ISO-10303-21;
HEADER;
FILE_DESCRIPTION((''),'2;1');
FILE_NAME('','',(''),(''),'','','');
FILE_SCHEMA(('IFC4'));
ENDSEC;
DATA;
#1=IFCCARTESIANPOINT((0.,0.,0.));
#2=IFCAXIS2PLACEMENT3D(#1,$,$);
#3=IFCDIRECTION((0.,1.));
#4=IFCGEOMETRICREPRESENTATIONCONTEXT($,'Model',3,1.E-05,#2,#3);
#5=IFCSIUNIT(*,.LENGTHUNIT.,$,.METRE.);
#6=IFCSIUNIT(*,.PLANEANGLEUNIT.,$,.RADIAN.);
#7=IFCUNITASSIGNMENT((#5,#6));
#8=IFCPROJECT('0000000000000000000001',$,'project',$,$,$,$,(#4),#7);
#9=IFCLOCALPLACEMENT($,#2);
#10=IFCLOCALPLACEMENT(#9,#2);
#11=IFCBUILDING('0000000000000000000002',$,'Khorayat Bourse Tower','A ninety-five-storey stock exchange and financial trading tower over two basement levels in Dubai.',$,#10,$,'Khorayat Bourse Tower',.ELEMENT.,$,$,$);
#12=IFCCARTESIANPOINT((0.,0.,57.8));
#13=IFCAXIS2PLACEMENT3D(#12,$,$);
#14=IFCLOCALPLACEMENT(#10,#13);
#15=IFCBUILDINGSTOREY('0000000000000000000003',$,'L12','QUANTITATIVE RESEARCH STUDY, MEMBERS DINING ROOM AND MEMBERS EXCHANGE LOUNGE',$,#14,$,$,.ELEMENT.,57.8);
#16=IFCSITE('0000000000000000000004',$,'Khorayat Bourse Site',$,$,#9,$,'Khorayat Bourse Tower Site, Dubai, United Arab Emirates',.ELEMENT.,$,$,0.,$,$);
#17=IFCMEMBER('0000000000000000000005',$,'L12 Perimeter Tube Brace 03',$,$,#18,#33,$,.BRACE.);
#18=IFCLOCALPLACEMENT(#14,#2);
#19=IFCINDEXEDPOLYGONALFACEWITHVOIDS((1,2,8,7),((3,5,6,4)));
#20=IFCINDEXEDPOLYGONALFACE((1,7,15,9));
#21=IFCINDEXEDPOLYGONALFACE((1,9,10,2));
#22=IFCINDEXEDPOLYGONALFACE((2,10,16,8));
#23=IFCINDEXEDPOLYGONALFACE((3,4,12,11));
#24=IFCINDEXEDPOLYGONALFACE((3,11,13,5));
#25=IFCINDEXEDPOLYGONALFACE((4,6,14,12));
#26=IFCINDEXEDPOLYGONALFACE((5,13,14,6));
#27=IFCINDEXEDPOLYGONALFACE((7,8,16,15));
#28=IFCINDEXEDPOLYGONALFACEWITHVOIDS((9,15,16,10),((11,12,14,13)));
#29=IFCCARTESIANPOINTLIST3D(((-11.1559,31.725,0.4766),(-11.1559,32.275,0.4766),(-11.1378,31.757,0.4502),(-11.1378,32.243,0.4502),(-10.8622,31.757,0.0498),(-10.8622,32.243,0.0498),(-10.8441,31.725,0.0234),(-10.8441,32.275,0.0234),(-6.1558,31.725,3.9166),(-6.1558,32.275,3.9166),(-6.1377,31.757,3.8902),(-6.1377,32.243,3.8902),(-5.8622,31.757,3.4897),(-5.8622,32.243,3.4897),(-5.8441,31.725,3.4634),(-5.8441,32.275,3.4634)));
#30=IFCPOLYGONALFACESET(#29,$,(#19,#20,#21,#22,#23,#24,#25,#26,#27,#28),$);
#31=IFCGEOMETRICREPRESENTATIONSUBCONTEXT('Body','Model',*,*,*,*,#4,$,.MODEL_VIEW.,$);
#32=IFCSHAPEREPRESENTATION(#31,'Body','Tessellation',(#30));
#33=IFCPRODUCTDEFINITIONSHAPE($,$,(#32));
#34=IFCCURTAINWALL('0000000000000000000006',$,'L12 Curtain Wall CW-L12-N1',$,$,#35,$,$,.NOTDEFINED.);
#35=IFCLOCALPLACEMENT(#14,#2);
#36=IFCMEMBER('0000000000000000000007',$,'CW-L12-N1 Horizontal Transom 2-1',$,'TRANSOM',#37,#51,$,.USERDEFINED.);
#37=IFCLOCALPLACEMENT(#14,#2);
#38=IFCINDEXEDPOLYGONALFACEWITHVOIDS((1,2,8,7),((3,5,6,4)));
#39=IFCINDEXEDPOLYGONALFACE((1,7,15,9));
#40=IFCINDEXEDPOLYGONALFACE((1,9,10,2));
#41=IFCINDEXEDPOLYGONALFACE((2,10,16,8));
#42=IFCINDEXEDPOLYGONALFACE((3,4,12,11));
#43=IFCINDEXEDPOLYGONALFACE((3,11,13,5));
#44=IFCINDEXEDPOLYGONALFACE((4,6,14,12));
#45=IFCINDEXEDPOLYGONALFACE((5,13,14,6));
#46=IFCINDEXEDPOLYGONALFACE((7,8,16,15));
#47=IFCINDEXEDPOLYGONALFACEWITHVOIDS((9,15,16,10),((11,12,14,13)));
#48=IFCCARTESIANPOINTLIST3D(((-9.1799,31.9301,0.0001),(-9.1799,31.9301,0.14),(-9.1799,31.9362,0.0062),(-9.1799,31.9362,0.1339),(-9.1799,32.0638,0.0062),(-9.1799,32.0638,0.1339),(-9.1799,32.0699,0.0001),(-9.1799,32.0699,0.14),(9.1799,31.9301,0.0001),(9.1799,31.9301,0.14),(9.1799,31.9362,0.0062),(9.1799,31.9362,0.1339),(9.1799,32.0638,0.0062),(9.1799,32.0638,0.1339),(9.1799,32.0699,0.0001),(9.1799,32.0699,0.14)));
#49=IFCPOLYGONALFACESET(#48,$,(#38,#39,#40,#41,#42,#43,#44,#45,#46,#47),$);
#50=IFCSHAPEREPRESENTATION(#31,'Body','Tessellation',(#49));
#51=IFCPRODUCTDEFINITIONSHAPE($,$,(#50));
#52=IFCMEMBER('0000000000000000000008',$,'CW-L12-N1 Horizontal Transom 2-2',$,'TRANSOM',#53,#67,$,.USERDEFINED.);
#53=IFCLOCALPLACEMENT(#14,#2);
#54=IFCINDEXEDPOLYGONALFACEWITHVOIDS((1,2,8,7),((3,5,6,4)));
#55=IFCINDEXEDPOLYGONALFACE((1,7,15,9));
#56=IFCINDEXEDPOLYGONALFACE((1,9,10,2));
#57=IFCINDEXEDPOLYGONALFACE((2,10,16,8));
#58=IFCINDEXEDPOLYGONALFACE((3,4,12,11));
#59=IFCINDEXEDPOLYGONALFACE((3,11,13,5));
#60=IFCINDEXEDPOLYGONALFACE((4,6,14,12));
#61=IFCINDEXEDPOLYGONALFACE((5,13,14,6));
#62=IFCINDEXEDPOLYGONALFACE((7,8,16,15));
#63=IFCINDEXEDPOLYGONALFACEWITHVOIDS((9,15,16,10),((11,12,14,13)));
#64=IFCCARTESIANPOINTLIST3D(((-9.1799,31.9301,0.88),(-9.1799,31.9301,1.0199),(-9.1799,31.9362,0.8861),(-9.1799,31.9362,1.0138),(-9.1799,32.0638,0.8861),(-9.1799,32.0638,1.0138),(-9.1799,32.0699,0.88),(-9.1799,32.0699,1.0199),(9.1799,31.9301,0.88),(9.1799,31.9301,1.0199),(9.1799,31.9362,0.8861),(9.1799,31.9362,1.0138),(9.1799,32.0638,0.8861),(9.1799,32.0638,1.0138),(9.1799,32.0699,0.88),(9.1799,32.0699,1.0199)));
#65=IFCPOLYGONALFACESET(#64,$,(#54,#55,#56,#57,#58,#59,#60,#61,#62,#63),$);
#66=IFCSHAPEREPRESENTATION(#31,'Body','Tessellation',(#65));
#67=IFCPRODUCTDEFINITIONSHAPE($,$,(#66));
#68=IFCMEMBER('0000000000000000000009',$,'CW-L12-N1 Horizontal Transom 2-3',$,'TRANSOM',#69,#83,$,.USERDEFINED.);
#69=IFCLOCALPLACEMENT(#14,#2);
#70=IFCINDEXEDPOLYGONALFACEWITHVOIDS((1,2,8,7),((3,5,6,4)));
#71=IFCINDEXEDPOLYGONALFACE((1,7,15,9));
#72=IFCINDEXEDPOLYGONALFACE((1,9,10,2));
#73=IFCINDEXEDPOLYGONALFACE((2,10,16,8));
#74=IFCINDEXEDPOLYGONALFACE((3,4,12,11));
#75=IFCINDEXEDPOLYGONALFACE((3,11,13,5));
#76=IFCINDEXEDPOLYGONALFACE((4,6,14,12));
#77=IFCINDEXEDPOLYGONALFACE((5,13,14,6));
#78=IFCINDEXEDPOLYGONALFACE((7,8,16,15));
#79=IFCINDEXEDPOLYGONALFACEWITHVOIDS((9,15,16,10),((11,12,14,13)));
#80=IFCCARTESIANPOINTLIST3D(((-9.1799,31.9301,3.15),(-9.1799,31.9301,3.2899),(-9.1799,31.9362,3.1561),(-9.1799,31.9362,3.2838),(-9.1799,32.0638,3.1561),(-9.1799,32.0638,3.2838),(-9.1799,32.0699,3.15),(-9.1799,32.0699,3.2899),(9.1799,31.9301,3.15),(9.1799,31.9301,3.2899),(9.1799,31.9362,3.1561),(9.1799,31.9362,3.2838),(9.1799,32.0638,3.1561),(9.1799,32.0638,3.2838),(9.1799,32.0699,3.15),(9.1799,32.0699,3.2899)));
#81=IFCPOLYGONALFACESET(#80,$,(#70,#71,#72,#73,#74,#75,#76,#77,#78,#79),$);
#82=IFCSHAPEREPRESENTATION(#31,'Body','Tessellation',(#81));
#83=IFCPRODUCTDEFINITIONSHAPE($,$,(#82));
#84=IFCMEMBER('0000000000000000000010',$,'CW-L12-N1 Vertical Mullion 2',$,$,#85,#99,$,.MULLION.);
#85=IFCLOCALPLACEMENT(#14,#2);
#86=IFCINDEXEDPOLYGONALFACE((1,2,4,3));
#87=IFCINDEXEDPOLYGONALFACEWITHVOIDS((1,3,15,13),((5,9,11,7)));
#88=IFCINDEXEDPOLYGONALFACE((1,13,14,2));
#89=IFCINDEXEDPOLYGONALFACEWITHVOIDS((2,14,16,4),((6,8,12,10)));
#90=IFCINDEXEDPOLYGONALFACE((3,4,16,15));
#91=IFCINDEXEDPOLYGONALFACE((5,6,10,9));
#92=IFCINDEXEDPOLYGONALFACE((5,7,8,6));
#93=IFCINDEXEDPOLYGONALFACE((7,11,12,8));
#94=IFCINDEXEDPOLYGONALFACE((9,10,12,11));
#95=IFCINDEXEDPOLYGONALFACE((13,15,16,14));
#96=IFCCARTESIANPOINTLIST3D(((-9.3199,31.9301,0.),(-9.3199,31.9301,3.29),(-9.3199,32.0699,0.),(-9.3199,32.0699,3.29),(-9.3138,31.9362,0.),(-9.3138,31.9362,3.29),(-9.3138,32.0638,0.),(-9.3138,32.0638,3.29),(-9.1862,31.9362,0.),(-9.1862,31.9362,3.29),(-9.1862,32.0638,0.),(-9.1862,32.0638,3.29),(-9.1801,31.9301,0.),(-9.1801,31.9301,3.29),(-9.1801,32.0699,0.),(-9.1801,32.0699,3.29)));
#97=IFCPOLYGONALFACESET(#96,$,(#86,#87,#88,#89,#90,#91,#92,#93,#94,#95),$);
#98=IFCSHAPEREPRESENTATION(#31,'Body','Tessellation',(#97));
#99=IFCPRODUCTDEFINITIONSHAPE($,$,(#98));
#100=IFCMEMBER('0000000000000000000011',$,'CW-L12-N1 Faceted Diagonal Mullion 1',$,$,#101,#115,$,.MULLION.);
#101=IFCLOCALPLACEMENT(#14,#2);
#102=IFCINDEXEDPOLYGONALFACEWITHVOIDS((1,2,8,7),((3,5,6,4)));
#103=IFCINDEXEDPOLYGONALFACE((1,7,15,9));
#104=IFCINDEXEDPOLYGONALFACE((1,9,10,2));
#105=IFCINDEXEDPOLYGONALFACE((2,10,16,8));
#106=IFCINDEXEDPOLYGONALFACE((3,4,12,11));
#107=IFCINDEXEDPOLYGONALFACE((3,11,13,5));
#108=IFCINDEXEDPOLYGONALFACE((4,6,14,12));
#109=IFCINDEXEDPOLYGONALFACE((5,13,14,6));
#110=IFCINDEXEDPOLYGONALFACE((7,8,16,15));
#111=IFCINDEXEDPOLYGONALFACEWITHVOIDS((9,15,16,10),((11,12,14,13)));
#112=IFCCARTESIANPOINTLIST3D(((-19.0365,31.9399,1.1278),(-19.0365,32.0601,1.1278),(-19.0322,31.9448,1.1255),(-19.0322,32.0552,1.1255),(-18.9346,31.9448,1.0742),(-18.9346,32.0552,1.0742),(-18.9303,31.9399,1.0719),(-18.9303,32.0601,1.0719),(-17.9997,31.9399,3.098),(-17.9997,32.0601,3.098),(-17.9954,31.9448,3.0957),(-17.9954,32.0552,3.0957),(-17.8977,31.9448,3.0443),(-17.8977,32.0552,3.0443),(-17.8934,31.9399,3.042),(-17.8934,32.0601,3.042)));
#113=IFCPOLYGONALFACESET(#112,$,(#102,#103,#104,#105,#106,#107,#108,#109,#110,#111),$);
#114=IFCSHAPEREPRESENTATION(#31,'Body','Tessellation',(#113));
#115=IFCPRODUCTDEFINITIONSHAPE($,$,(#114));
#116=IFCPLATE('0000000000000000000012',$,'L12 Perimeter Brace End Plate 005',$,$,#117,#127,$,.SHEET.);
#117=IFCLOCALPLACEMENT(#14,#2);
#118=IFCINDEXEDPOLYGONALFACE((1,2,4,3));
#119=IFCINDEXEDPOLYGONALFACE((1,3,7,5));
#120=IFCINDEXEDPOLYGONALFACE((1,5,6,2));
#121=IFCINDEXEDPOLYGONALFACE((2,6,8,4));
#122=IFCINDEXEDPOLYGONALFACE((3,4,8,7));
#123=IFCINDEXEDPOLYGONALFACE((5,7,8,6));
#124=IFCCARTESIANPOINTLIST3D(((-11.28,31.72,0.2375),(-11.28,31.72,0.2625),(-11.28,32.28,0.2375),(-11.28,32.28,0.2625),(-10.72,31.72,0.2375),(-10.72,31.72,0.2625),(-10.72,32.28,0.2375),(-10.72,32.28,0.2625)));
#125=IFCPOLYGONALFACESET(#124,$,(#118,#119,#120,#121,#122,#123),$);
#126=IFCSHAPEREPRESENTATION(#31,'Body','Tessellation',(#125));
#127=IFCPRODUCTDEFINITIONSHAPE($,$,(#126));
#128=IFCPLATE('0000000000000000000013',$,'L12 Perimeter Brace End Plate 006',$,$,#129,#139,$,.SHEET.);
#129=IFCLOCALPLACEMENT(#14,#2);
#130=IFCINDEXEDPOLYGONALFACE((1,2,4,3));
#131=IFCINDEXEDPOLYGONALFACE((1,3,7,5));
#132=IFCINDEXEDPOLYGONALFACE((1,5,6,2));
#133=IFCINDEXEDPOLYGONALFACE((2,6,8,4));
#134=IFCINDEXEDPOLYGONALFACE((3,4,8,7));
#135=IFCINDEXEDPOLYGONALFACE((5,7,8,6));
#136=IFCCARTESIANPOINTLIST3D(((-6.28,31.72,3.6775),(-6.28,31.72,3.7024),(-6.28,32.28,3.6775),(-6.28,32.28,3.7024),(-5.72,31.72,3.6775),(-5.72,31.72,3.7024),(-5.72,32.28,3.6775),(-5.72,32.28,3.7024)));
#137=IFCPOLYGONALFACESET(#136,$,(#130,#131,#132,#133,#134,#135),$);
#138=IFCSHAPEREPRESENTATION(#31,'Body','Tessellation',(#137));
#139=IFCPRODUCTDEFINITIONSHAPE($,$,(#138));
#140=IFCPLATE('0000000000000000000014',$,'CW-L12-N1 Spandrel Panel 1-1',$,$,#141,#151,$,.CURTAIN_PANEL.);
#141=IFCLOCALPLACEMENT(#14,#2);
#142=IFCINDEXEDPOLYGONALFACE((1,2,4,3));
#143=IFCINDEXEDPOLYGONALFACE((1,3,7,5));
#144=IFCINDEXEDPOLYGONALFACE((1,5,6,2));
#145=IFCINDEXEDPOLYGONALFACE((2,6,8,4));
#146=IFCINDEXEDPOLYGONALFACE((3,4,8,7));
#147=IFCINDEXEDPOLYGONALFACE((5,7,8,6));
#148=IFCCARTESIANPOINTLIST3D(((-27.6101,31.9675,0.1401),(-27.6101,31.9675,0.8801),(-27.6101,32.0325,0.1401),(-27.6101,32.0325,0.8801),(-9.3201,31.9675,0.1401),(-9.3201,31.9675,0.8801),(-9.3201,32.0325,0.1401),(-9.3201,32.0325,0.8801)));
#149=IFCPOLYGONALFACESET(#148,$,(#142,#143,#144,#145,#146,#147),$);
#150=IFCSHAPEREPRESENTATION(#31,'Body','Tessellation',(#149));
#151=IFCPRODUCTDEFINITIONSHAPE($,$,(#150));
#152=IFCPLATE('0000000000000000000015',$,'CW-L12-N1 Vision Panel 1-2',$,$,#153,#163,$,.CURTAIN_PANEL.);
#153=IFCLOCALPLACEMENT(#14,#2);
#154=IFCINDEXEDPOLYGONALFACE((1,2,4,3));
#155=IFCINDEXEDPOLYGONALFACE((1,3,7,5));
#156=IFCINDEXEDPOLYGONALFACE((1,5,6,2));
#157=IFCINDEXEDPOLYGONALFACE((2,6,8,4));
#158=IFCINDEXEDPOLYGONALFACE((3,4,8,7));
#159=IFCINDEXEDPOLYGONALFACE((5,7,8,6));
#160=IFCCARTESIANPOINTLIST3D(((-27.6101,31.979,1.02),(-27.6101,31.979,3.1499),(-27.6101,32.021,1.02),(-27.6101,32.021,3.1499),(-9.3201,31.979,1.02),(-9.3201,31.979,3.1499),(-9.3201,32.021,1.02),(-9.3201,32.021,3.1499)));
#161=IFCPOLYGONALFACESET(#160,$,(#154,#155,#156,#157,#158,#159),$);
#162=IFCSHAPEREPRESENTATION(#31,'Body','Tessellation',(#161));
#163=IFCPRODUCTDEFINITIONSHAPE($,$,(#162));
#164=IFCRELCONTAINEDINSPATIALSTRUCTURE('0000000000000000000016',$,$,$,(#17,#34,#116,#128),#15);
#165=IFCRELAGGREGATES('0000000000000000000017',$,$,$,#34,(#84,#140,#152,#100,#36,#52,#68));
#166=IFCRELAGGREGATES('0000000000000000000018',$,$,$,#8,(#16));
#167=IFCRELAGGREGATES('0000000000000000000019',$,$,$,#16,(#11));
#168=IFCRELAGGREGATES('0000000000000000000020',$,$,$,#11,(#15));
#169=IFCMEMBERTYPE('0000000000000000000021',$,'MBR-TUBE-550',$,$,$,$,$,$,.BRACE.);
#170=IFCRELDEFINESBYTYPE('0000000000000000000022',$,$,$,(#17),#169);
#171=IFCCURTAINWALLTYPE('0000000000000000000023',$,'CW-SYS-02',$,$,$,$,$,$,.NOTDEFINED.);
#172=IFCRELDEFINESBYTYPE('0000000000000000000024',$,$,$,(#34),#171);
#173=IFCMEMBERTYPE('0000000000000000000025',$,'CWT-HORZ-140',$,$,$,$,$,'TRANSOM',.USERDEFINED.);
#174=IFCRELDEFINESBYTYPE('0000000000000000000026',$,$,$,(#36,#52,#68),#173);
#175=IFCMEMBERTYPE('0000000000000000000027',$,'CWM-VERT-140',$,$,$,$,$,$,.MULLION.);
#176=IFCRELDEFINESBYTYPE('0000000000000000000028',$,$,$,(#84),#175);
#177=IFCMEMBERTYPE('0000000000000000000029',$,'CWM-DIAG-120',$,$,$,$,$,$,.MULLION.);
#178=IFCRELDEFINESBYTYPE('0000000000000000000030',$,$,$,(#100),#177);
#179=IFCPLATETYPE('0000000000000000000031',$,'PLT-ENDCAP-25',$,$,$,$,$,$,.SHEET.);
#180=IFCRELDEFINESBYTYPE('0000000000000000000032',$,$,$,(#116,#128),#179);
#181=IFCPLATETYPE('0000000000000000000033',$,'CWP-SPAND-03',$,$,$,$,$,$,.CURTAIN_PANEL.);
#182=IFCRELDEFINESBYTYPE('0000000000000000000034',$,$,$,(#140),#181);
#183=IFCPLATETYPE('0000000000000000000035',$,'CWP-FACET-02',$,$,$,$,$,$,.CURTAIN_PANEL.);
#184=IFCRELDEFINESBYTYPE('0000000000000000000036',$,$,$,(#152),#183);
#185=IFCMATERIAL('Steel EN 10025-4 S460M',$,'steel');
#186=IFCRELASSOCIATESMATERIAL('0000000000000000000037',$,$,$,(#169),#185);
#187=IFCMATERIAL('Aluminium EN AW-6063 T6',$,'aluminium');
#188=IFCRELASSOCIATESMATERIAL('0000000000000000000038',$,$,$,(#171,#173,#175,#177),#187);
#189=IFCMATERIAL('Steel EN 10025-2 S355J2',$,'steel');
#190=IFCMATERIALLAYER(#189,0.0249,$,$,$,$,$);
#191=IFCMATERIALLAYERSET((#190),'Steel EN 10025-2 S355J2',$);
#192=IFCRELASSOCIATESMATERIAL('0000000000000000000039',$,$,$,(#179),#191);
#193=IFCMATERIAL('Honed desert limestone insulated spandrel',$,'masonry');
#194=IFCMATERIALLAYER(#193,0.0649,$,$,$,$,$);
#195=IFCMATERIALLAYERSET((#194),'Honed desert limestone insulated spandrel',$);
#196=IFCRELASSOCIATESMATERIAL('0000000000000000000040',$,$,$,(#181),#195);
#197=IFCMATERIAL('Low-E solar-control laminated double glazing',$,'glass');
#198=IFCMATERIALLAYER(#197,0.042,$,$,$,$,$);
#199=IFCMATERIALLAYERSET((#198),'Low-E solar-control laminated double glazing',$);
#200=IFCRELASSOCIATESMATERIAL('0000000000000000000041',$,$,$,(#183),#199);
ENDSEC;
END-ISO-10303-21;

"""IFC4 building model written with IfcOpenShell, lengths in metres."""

from ifc_helpers import new_model, si_unit, direction, frame, origin, origin_2d, place, context, subcontext, project, spatial, rectangle, hollow_rectangle, extrude, source, transform, mapped, material, layer, layer_set, material_profile, profile_set, type_object, element, aggregate, save


model = new_model("IFC4")

# Units and contexts
model_context = context("Model", 3, precision=1e-05, world=origin(), true_north=direction((0.0, 1.0)))
body_context = subcontext(model_context, "Body", "Model", "MODEL_VIEW")
ifc_project = project(units=[si_unit("LENGTHUNIT", "METRE"), si_unit("PLANEANGLEUNIT", "RADIAN")], contexts=[model_context])

# Site, building, storey
site_placement = place(None, origin())
site = spatial("IfcSite", under=ifc_project, at=site_placement, Name="Khorayat Bourse Site", LongName="Khorayat Bourse Tower Site, Dubai, United Arab Emirates", CompositionType="ELEMENT", RefElevation=0.0)
building_placement = place(site_placement, origin())
building = spatial("IfcBuilding", under=site, at=building_placement, Name="Khorayat Bourse Tower", Description="A ninety-five-storey stock exchange and financial trading tower over two basement levels in Dubai.", LongName="Khorayat Bourse Tower", CompositionType="ELEMENT")
storey_placement = place(building_placement, frame((0.0, 0.0, 57.8)))
storey = spatial("IfcBuildingStorey", under=building, at=storey_placement, Name="L12", Description="QUANTITATIVE RESEARCH STUDY, MEMBERS DINING ROOM AND MEMBERS EXCHANGE LOUNGE", CompositionType="ELEMENT", Elevation=57.8)

# Shared definitions
ifc_material_1 = material(Name="Steel EN 10025-4 S460M", Category="steel")

# Member
ifc_material_profile_1 = material_profile(ifc_material_1, hollow_rectangle(XDim=0.55, YDim=0.55, WallThickness=0.032, at=origin_2d()), Name="HSS 550x550x32")
ifc_profile_set_1 = profile_set([ifc_material_profile_1], Name="Steel EN 10025-4 S460M")
member_type_1 = type_object("IfcMemberType", Name="MBR-TUBE-550", PredefinedType="BRACE", material=ifc_profile_set_1)
shared_shape_1 = source(origin(), body_context, "Body", "SweptSolid", [
    extrude(hollow_rectangle(XDim=0.55, YDim=0.55, WallThickness=0.032, at=origin_2d()), origin(), (0.0, 0.0, 1.0), 6.0691),
])
member_1_placement = place(storey_placement, frame((-11.0, 32.0, 0.25), z_axis=(0.823854, 0.0, 0.566802), x_axis=(0.0, 1.0, 0.0)))
element("IfcMember", 1, at=member_1_placement, inside=storey, type_object=member_type_1, Name="L12 Perimeter Tube Brace 03", PredefinedType="BRACE", context=body_context, shape_type="MappedRepresentation", body=[
    mapped(shared_shape_1, transform((0.0, 0.0, 0.0), scale=1.0)),
])

# Curtain wall, members
ifc_material_2 = material(Name="Aluminium EN AW-6063 T6", Category="aluminium")
curtain_wall_type = type_object("IfcCurtainWallType", Name="CW-SYS-02", PredefinedType="NOTDEFINED", material=ifc_material_2)
curtain_wall_placement = place(storey_placement, origin())
curtain_wall = element("IfcCurtainWall", 2, at=curtain_wall_placement, inside=storey, type_object=curtain_wall_type, Name="L12 Curtain Wall CW-L12-N1", PredefinedType="NOTDEFINED")
ifc_material_profile_2 = material_profile(ifc_material_2, hollow_rectangle(XDim=0.1399, YDim=0.1399, WallThickness=0.0061, at=origin_2d()), Name="ALU 140x140x6")
ifc_profile_set_2 = profile_set([ifc_material_profile_2], Name="Aluminium EN AW-6063 T6")
member_type_2 = type_object("IfcMemberType", Name="CWT-HORZ-140", ElementType="TRANSOM", PredefinedType="USERDEFINED", material=ifc_profile_set_2)
shared_shape_2 = source(origin(), body_context, "Body", "SweptSolid", [
    extrude(hollow_rectangle(XDim=0.1399, YDim=0.1399, WallThickness=0.0061, at=origin_2d()), origin(), (0.0, 0.0, 1.0), 18.3599),
])
member_2_placement = place(storey_placement, frame((-9.1799, 32.0, 0.0701), z_axis=(1.0, 0.0, 0.0), x_axis=(0.0, 1.0, 0.0)))
member_2 = element("IfcMember", 3, at=member_2_placement, type_object=member_type_2, Name="CW-L12-N1 Horizontal Transom 2-1", ObjectType="TRANSOM", PredefinedType="USERDEFINED", context=body_context, shape_type="MappedRepresentation", body=[
    mapped(shared_shape_2, transform((0.0, 0.0, 0.0), scale=1.0)),
])
member_3_placement = place(storey_placement, frame((-9.1799, 32.0, 0.95), z_axis=(1.0, 0.0, 0.0), x_axis=(0.0, 1.0, 0.0)))
member_3 = element("IfcMember", 4, at=member_3_placement, type_object=member_type_2, Name="CW-L12-N1 Horizontal Transom 2-2", ObjectType="TRANSOM", PredefinedType="USERDEFINED", context=body_context, shape_type="MappedRepresentation", body=[
    mapped(shared_shape_2, transform((0.0, 0.0, 0.0), scale=1.0)),
])
member_4_placement = place(storey_placement, frame((-9.1799, 32.0, 3.22), z_axis=(1.0, 0.0, 0.0), x_axis=(0.0, 1.0, 0.0)))
member_4 = element("IfcMember", 5, at=member_4_placement, type_object=member_type_2, Name="CW-L12-N1 Horizontal Transom 2-3", ObjectType="TRANSOM", PredefinedType="USERDEFINED", context=body_context, shape_type="MappedRepresentation", body=[
    mapped(shared_shape_2, transform((0.0, 0.0, 0.0), scale=1.0)),
])
ifc_material_profile_3 = material_profile(ifc_material_2, hollow_rectangle(XDim=0.1399, YDim=0.1399, WallThickness=0.0061, at=origin_2d()), Name="ALU 140x140x6")
ifc_profile_set_3 = profile_set([ifc_material_profile_3], Name="Aluminium EN AW-6063 T6")
member_type_3 = type_object("IfcMemberType", Name="CWM-VERT-140", PredefinedType="MULLION", material=ifc_profile_set_3)
shared_shape_3 = source(origin(), body_context, "Body", "SweptSolid", [
    extrude(hollow_rectangle(XDim=0.1399, YDim=0.1399, WallThickness=0.0061, at=origin_2d()), origin(), (0.0, 0.0, 1.0), 3.29),
])
member_5_placement = place(storey_placement, frame((-9.25, 32.0, 0.0), z_axis=(0.0, 0.0, 1.0), x_axis=(0.0, 1.0, 0.0)))
member_5 = element("IfcMember", 6, at=member_5_placement, type_object=member_type_3, Name="CW-L12-N1 Vertical Mullion 2", PredefinedType="MULLION", context=body_context, shape_type="MappedRepresentation", body=[
    mapped(shared_shape_3, transform((0.0, 0.0, 0.0), scale=1.0)),
])
ifc_material_profile_4 = material_profile(ifc_material_2, hollow_rectangle(XDim=0.1201, YDim=0.1201, WallThickness=0.0049, at=origin_2d()), Name="ALU 120x120x5")
ifc_profile_set_4 = profile_set([ifc_material_profile_4], Name="Aluminium EN AW-6063 T6")
member_type_4 = type_object("IfcMemberType", Name="CWM-DIAG-120", PredefinedType="MULLION", material=ifc_profile_set_4)
shared_shape_4 = source(origin(), body_context, "Body", "SweptSolid", [
    extrude(hollow_rectangle(XDim=0.1201, YDim=0.1201, WallThickness=0.0049, at=origin_2d()), origin(), (0.0, 0.0, 1.0), 2.2263),
])
member_6_placement = place(storey_placement, frame((-18.9834, 32.0, 1.0999), z_axis=(0.465715, 0.0, 0.884935), x_axis=(0.0, 1.0, 0.0)))
member_6 = element("IfcMember", 7, at=member_6_placement, type_object=member_type_4, Name="CW-L12-N1 Faceted Diagonal Mullion 1", PredefinedType="MULLION", context=body_context, shape_type="MappedRepresentation", body=[
    mapped(shared_shape_4, transform((0.0, 0.0, 0.0), scale=1.0)),
])

# Plates
ifc_material_3 = material(Name="Steel EN 10025-2 S355J2", Category="steel")
ifc_layer_1 = layer(ifc_material_3, 0.0249)
ifc_layer_set_1 = layer_set([ifc_layer_1], Name="Steel EN 10025-2 S355J2")
plate_type_1 = type_object("IfcPlateType", Name="PLT-ENDCAP-25", PredefinedType="SHEET", material=ifc_layer_set_1)
shared_shape_5 = source(origin(), body_context, "Body", "SweptSolid", [
    extrude(rectangle(XDim=0.5601, YDim=0.5601, at=origin_2d()), origin(), (0.0, 0.0, 1.0), 0.0249),
])
for number, where, z_axis, x_axis, name in (
    (8, (-11.0, 32.0, 0.2375), (0.0, 0.0, 1.0), (1.0, 0.0, 0.0), "L12 Perimeter Brace End Plate 005"),
    (9, (-6.0, 32.0, 3.6775), (0.0, 0.0, 1.0), (1.0, 0.0, 0.0), "L12 Perimeter Brace End Plate 006"),
):
    element("IfcPlate", number, at=place(storey_placement, frame(where, z_axis=z_axis, x_axis=x_axis)), inside=storey, type_object=plate_type_1, Name=name, PredefinedType="SHEET", context=body_context, shape_type="MappedRepresentation", body=[
        mapped(shared_shape_5, transform((0.0, 0.0, 0.0), scale=1.0)),
    ])

# Plates
ifc_material_4 = material(Name="Honed desert limestone insulated spandrel", Category="masonry")
ifc_layer_2 = layer(ifc_material_4, 0.0649)
ifc_layer_set_2 = layer_set([ifc_layer_2], Name="Honed desert limestone insulated spandrel")
plate_type_2 = type_object("IfcPlateType", Name="CWP-SPAND-03", PredefinedType="CURTAIN_PANEL", material=ifc_layer_set_2)
shared_shape_6 = source(origin(), body_context, "Body", "SweptSolid", [
    extrude(rectangle(XDim=18.29, YDim=0.0649, at=origin_2d()), origin(), (0.0, 0.0, 1.0), 0.74),
])
plate_1_placement = place(storey_placement, frame((-18.4651, 32.0, 0.1401), z_axis=(0.0, 0.0, 1.0), x_axis=(1.0, 0.0, 0.0)))
plate_1 = element("IfcPlate", 10, at=plate_1_placement, type_object=plate_type_2, Name="CW-L12-N1 Spandrel Panel 1-1", PredefinedType="CURTAIN_PANEL", context=body_context, shape_type="MappedRepresentation", body=[
    mapped(shared_shape_6, transform((0.0, 0.0, 0.0), scale=1.0)),
])
ifc_material_5 = material(Name="Low-E solar-control laminated double glazing", Category="glass")
ifc_layer_3 = layer(ifc_material_5, 0.042)
ifc_layer_set_3 = layer_set([ifc_layer_3], Name="Low-E solar-control laminated double glazing")
plate_type_3 = type_object("IfcPlateType", Name="CWP-FACET-02", PredefinedType="CURTAIN_PANEL", material=ifc_layer_set_3)
shared_shape_7 = source(origin(), body_context, "Body", "SweptSolid", [
    extrude(rectangle(XDim=18.29, YDim=0.042, at=origin_2d()), origin(), (0.0, 0.0, 1.0), 2.1299),
])
plate_2_placement = place(storey_placement, frame((-18.4651, 32.0, 1.02), z_axis=(0.0, 0.0, 1.0), x_axis=(1.0, 0.0, 0.0)))
plate_2 = element("IfcPlate", 11, at=plate_2_placement, type_object=plate_type_3, Name="CW-L12-N1 Vision Panel 1-2", PredefinedType="CURTAIN_PANEL", context=body_context, shape_type="MappedRepresentation", body=[
    mapped(shared_shape_7, transform((0.0, 0.0, 0.0), scale=1.0)),
])
aggregate(curtain_wall, [member_5, plate_1, plate_2, member_6, member_2, member_3, member_4])

save(model, "model.ifc")
